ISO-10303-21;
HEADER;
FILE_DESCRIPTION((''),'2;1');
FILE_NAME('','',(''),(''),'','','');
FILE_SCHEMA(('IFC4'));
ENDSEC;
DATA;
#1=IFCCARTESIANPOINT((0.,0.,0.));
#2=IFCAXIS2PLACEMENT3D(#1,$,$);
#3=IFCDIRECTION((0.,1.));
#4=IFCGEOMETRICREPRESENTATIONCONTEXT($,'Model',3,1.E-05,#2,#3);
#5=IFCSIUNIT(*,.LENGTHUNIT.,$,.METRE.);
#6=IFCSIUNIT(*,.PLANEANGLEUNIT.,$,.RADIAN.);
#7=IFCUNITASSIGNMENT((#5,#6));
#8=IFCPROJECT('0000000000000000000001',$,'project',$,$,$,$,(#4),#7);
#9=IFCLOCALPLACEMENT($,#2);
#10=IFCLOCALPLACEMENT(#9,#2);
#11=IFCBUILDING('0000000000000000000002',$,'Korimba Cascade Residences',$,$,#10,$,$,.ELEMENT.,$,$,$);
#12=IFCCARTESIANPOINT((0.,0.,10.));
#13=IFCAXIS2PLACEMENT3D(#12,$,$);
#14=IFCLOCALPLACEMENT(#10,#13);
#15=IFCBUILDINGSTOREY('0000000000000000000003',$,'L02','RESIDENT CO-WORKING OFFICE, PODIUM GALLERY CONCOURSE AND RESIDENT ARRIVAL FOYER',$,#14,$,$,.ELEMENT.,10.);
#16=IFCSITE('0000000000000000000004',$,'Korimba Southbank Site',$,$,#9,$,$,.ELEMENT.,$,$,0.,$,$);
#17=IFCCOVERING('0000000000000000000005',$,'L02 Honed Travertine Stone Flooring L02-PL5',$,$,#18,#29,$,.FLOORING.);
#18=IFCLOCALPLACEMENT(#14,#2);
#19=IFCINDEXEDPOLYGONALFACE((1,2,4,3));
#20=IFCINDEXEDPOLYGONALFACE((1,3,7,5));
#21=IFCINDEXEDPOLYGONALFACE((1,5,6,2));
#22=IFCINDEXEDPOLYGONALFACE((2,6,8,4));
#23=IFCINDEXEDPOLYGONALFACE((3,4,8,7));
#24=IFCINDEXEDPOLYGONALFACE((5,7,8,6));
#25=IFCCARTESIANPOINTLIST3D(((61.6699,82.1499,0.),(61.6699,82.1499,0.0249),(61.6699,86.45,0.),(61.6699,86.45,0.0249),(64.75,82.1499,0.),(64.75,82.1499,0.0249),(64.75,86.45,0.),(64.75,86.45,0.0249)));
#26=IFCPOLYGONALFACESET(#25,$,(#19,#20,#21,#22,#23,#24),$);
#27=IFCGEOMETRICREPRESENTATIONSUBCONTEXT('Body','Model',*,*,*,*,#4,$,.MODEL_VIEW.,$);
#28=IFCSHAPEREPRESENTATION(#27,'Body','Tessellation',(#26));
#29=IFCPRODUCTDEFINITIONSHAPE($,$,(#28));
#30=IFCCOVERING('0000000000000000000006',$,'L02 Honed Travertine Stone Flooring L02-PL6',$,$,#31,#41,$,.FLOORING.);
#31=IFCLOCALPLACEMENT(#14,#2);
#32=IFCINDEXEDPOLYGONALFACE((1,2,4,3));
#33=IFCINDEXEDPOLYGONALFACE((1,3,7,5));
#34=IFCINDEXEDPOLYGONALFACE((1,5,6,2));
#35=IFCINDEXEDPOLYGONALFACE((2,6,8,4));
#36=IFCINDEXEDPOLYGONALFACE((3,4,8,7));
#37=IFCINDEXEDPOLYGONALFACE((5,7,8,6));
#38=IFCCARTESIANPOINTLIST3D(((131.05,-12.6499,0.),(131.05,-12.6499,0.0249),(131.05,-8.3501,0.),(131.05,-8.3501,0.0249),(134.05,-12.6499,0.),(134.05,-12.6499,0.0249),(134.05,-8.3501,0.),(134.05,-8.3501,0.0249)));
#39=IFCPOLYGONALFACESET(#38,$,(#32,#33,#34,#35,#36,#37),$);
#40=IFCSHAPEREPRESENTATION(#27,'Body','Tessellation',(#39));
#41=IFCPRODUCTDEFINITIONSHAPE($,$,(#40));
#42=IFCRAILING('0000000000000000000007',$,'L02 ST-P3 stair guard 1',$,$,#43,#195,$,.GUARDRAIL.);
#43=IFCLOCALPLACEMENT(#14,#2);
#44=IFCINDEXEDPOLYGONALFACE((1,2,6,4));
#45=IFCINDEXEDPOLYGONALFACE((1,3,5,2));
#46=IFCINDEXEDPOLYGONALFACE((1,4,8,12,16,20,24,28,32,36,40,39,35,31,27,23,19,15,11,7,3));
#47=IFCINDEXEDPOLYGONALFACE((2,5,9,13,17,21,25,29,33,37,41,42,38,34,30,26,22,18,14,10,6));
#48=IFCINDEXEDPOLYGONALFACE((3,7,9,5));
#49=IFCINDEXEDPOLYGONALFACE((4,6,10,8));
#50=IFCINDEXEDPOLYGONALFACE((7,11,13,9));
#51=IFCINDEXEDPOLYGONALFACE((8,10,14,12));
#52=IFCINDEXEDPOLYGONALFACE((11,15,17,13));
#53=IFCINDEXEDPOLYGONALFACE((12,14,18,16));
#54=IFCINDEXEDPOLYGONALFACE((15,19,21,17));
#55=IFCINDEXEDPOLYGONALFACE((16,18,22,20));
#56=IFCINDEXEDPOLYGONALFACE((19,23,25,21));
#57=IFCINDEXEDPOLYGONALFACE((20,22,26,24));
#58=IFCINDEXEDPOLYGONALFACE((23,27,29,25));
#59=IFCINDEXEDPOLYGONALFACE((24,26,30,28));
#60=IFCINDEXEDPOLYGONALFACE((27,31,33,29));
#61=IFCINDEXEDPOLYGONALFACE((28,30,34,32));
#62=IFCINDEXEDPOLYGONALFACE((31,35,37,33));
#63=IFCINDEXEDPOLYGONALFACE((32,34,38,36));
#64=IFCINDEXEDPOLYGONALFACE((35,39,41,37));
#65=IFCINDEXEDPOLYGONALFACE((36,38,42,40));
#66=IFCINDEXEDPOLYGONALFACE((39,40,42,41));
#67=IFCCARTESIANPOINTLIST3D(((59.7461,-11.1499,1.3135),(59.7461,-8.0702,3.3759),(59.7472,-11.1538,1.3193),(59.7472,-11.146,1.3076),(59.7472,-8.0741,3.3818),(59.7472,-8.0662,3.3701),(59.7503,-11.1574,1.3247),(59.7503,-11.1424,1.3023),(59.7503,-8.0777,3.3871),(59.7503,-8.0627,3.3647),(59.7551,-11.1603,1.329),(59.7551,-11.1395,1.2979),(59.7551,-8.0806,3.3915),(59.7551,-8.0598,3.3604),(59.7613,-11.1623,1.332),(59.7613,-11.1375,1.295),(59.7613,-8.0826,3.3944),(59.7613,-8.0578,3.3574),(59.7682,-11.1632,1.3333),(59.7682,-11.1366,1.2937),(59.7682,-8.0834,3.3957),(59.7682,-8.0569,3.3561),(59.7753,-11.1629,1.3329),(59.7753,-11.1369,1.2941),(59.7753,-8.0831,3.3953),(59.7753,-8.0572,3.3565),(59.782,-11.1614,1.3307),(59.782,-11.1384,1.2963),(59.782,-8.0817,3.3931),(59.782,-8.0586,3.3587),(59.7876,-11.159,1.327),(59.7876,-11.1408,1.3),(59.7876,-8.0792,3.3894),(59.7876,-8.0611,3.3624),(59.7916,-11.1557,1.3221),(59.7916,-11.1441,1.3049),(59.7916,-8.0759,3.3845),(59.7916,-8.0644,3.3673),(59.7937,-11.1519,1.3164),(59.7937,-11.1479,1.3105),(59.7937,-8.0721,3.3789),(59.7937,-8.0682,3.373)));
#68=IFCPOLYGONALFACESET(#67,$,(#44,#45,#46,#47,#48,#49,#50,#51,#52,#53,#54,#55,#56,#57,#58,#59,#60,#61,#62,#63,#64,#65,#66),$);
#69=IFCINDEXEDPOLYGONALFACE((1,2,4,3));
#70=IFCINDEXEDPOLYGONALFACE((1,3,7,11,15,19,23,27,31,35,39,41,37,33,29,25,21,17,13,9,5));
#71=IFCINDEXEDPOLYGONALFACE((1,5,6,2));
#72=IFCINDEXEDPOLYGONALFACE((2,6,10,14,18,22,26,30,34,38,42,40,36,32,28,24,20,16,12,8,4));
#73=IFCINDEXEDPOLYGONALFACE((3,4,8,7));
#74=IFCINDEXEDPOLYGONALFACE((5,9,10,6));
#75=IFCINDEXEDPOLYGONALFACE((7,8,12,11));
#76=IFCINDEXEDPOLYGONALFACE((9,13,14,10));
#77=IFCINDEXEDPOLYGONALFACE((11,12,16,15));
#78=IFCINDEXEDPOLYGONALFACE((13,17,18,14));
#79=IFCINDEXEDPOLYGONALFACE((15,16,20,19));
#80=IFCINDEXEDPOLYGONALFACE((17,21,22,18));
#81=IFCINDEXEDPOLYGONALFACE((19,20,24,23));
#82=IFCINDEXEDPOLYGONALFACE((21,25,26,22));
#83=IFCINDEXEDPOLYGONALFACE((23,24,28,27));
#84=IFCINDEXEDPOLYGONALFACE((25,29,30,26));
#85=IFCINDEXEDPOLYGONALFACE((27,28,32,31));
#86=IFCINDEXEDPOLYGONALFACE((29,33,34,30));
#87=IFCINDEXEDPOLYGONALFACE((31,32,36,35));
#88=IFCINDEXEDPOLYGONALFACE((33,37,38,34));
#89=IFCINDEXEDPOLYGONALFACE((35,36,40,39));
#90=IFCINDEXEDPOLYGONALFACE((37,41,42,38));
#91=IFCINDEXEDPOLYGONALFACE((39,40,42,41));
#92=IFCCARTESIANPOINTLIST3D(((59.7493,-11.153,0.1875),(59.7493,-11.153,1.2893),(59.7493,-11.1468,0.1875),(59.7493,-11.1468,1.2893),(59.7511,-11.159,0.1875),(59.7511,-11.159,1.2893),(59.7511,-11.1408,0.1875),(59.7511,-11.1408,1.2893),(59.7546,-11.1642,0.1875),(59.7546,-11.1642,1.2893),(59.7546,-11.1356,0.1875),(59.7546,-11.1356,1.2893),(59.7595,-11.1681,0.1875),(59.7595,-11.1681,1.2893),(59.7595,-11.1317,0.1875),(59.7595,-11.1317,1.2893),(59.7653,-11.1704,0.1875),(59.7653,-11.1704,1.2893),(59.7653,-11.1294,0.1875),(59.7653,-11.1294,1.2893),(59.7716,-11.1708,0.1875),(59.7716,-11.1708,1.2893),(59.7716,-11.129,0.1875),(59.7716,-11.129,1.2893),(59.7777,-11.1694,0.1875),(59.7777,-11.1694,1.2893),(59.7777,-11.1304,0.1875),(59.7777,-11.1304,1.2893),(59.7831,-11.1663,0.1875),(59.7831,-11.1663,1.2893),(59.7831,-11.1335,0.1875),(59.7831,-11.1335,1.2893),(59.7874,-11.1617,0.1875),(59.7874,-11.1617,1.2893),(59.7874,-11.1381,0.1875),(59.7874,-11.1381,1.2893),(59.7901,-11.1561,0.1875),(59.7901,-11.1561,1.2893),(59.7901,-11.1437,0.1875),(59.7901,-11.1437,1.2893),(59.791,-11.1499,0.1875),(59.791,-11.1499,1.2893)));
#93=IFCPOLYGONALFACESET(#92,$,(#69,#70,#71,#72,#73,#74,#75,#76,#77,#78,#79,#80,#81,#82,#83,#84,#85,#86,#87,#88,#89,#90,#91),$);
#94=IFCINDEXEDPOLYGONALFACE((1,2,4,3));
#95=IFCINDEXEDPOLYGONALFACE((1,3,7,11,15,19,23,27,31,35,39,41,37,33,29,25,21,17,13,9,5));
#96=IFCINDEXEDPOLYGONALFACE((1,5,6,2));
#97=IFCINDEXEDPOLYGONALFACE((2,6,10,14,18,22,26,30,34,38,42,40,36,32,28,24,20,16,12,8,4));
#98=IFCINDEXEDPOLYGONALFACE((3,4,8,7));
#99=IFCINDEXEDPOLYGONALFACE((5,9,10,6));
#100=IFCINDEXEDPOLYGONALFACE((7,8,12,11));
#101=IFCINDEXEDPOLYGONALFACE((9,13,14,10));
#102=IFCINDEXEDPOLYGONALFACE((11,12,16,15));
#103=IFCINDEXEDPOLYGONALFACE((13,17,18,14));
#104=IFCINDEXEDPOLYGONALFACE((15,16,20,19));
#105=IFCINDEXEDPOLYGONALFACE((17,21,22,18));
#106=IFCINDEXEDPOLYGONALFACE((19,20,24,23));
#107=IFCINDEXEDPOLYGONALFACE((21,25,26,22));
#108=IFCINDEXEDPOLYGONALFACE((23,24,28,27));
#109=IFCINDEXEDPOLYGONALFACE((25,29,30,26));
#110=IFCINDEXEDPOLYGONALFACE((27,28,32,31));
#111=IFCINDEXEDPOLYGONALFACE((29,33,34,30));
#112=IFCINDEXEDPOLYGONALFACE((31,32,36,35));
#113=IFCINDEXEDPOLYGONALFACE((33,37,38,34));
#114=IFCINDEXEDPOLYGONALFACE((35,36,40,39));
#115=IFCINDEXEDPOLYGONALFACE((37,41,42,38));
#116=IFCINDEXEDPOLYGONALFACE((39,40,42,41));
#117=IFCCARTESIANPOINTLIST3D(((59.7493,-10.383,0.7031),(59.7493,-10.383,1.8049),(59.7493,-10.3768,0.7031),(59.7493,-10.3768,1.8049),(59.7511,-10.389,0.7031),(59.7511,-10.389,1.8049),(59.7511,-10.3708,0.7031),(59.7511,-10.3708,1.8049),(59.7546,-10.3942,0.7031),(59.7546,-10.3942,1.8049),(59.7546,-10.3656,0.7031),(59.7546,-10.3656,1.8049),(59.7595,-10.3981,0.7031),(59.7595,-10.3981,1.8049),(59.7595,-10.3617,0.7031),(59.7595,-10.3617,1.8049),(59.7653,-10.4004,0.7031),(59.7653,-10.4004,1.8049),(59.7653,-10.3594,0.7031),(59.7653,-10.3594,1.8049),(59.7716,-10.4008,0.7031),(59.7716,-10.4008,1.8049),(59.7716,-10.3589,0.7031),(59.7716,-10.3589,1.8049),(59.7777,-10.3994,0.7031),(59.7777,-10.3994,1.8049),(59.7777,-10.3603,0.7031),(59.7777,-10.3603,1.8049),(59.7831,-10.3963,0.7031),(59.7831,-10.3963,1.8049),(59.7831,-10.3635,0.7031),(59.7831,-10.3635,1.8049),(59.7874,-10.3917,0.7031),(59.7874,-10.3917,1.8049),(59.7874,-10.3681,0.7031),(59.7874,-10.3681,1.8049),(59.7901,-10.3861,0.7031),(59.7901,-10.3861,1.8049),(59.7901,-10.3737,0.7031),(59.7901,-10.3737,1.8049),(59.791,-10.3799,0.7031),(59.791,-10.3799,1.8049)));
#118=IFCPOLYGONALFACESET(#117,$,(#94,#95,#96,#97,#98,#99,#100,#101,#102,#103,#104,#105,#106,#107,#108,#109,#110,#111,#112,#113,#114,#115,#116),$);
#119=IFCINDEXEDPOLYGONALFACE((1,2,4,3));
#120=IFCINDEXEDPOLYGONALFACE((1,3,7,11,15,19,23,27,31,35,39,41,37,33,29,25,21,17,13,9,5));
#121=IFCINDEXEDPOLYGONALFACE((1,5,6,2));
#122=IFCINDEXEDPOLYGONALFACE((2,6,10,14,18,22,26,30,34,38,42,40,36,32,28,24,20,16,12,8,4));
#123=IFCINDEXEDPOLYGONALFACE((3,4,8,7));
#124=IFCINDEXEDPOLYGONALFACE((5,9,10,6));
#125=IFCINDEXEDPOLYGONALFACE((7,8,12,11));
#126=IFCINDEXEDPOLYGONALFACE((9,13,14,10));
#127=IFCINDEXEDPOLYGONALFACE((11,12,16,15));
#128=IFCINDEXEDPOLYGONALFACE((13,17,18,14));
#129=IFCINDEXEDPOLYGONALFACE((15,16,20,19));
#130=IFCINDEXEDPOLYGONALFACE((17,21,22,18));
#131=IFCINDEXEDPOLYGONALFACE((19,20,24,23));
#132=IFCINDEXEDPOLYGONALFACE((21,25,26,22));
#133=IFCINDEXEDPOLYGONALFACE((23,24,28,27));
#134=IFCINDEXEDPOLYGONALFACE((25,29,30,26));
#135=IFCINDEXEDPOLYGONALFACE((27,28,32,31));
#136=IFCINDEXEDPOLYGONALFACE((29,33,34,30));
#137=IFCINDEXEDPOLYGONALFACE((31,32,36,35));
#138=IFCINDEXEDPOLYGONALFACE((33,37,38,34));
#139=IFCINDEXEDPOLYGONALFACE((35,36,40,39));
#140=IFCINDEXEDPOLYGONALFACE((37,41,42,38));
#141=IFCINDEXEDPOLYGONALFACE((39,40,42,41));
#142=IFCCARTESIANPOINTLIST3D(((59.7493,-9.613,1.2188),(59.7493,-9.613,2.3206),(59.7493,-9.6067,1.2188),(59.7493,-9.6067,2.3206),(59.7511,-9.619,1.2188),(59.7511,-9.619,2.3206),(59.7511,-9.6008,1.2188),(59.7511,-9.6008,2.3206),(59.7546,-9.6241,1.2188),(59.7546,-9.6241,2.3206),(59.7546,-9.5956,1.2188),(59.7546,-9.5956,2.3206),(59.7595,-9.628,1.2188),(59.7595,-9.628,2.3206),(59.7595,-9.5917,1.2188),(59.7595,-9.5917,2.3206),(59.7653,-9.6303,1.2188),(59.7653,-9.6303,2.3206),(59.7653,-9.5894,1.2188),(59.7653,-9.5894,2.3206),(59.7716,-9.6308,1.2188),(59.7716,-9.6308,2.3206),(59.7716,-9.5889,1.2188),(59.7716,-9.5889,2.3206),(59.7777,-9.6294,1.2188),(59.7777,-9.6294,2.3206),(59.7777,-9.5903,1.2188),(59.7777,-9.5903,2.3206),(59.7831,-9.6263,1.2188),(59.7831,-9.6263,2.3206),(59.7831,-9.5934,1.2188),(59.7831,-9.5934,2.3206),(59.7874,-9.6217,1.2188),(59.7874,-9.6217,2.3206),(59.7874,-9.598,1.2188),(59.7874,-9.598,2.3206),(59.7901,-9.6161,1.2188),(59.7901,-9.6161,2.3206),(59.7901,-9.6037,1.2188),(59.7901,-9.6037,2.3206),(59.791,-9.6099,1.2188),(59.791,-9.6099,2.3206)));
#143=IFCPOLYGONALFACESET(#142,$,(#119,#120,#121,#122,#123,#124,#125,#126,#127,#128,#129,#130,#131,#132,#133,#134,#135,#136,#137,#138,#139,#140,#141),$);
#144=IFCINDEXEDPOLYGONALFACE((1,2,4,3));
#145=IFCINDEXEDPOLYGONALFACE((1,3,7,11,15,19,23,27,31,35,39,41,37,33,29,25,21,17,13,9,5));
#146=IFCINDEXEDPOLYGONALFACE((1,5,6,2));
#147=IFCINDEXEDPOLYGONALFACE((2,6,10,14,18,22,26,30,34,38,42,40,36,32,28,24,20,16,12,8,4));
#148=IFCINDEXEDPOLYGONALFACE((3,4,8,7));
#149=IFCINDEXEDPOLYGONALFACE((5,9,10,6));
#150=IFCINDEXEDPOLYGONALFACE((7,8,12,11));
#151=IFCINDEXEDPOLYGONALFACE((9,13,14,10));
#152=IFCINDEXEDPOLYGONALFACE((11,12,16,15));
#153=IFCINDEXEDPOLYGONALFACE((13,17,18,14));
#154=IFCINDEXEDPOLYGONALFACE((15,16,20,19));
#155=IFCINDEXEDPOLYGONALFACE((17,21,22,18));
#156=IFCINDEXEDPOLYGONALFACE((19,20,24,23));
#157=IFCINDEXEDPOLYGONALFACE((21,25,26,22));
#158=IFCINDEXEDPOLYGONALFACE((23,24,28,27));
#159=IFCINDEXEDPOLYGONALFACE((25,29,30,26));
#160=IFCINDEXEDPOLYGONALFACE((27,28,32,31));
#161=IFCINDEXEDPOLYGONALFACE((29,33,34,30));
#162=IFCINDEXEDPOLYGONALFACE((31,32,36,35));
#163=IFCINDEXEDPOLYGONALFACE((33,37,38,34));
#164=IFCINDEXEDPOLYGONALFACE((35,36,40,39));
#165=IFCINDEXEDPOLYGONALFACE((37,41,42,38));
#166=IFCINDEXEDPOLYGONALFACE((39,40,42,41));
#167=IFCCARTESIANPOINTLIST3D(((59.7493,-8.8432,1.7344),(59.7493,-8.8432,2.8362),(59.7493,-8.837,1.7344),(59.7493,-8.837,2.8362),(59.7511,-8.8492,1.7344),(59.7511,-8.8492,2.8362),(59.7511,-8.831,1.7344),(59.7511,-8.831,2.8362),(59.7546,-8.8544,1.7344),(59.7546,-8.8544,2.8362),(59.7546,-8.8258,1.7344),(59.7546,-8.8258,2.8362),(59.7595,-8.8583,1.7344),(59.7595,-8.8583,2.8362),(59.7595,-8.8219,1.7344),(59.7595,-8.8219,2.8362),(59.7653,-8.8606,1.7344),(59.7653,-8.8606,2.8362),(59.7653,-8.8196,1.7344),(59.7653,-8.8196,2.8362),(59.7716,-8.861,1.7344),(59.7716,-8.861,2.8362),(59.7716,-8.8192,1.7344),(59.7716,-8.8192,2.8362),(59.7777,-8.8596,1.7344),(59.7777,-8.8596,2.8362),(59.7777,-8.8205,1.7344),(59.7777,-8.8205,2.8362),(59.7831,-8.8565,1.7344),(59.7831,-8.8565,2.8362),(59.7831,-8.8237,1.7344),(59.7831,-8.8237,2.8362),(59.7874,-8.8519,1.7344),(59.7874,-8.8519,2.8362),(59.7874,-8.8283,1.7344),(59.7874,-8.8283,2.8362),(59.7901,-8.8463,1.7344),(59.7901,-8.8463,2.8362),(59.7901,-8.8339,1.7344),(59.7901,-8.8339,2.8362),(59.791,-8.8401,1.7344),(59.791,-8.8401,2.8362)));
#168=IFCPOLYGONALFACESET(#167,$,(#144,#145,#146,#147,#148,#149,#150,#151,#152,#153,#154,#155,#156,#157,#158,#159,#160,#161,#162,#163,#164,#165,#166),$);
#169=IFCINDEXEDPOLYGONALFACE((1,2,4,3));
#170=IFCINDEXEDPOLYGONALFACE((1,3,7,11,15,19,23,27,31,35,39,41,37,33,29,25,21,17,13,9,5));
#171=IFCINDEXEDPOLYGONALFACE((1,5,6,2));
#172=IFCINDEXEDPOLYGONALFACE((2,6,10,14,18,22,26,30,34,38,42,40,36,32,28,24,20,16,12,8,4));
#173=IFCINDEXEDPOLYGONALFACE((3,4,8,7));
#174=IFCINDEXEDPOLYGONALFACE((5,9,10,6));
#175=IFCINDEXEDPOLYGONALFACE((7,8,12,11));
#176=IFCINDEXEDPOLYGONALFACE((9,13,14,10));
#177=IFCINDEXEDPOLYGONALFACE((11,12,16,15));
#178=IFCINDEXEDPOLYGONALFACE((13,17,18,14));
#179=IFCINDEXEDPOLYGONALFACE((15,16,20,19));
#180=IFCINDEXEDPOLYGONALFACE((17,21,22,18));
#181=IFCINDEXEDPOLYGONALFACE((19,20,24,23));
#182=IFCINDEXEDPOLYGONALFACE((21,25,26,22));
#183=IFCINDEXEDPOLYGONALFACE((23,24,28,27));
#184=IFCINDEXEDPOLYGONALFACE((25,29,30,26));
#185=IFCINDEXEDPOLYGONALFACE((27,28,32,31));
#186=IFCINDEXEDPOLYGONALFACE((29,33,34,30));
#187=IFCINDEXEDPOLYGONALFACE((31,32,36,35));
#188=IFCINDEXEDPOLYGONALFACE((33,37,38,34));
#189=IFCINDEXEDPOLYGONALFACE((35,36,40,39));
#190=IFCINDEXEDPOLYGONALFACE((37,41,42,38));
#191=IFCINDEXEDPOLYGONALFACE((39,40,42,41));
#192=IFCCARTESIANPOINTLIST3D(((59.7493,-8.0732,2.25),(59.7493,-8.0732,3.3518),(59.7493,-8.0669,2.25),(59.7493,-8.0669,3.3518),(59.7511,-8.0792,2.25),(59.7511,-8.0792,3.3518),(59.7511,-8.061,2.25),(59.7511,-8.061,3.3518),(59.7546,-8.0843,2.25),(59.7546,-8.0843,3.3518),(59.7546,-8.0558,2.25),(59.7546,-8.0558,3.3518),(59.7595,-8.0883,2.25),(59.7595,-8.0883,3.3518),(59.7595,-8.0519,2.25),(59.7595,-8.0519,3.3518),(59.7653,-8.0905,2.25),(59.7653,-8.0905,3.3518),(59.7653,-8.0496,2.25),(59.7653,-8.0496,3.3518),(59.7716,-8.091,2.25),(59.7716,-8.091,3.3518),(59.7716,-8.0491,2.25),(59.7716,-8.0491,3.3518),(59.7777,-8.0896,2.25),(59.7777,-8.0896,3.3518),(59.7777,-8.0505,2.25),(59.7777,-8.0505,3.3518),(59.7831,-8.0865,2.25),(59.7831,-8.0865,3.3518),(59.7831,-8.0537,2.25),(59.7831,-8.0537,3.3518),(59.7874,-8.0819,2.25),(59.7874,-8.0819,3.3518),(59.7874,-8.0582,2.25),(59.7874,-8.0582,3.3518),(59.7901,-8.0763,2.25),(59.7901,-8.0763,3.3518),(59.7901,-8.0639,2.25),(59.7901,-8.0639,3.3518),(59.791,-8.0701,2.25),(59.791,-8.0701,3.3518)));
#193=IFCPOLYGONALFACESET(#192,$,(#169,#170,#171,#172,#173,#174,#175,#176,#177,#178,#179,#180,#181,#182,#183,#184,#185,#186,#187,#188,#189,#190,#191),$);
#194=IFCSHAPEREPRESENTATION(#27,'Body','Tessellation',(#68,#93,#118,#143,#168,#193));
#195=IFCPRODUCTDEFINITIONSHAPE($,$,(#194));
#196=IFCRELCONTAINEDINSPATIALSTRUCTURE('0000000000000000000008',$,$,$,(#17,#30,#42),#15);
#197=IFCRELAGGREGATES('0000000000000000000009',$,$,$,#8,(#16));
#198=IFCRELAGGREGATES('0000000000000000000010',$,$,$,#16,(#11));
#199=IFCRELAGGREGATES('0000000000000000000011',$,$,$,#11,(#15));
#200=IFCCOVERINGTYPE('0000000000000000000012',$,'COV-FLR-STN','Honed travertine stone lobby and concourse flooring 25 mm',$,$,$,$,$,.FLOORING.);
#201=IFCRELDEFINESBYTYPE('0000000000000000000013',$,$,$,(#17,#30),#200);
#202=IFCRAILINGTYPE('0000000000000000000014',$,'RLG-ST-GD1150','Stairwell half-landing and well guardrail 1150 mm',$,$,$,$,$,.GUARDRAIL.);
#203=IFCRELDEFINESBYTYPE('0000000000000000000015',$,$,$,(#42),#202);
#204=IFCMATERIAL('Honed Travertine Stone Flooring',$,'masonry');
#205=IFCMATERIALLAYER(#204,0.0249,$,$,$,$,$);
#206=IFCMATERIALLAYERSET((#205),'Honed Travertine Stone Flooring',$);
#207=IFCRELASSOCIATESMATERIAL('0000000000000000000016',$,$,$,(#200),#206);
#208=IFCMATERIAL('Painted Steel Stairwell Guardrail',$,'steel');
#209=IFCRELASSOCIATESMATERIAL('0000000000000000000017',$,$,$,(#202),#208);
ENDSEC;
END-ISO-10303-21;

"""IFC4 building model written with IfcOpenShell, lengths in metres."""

from ifc_helpers import new_model, si_unit, direction, frame, origin, origin_2d, place, context, subcontext, project, spatial, polyline, circle, outline, extrude, material, layer, layer_set, type_object, element, save


model = new_model("IFC4")

# Units and contexts
model_context = context("Model", 3, precision=1e-05, world=origin(), true_north=direction((0.0, 1.0)))
body_context = subcontext(model_context, "Body", "Model", "MODEL_VIEW")
ifc_project = project(units=[si_unit("LENGTHUNIT", "METRE"), si_unit("PLANEANGLEUNIT", "RADIAN")], contexts=[model_context])

# Site, building, storey
site_placement = place(None, origin())
site = spatial("IfcSite", under=ifc_project, at=site_placement, Name="Korimba Southbank Site", CompositionType="ELEMENT", RefElevation=0.0)
building_placement = place(site_placement, origin())
building = spatial("IfcBuilding", under=site, at=building_placement, Name="Korimba Cascade Residences", CompositionType="ELEMENT")
storey_placement = place(building_placement, frame((0.0, 0.0, 10.0)))
storey = spatial("IfcBuildingStorey", under=building, at=storey_placement, Name="L02", Description="RESIDENT CO-WORKING OFFICE, PODIUM GALLERY CONCOURSE AND RESIDENT ARRIVAL FOYER", CompositionType="ELEMENT", Elevation=10.0)

# Coverings
ifc_material_1 = material(Name="Honed Travertine Stone Flooring", Category="masonry")
ifc_layer_1 = layer(ifc_material_1, 0.0249)
ifc_layer_set_1 = layer_set([ifc_layer_1], Name="Honed Travertine Stone Flooring")
covering_type_1 = type_object("IfcCoveringType", Name="COV-FLR-STN", Description="Honed travertine stone lobby and concourse flooring 25 mm", PredefinedType="FLOORING", material=ifc_layer_set_1)
covering_1_placement = place(storey_placement, origin())
element("IfcCovering", 1, at=covering_1_placement, inside=storey, type_object=covering_type_1, Name="L02 Honed Travertine Stone Flooring L02-PL5", PredefinedType="FLOORING", context=body_context, shape_type="SweptSolid", body=[
    extrude(outline(polyline([(61.6699, 82.1499), (64.75, 82.1499), (64.75, 86.45), (61.6699, 86.45), (61.6699, 82.1499)])), origin(), (0.0, 0.0, 1.0), 0.0249),
])
covering_2_placement = place(storey_placement, origin())
element("IfcCovering", 2, at=covering_2_placement, inside=storey, type_object=covering_type_1, Name="L02 Honed Travertine Stone Flooring L02-PL6", PredefinedType="FLOORING", context=body_context, shape_type="SweptSolid", body=[
    extrude(outline(polyline([(131.05, -12.6499), (134.05, -12.6499), (134.05, -8.3501), (131.05, -8.3501), (131.05, -12.6499)])), origin(), (0.0, 0.0, 1.0), 0.0249),
])

# Railing
ifc_material_2 = material(Name="Painted Steel Stairwell Guardrail", Category="steel")
railing_type_1 = type_object("IfcRailingType", Name="RLG-ST-GD1150", Description="Stairwell half-landing and well guardrail 1150 mm", PredefinedType="GUARDRAIL", material=ifc_material_2)
railing_1_placement = place(storey_placement, frame((59.77, -11.1499, 0.1875)))
element("IfcRailing", 3, at=railing_1_placement, inside=storey, type_object=railing_type_1, Name="L02 ST-P3 stair guard 1", PredefinedType="GUARDRAIL", context=body_context, shape_type="SweptSolid", body=[
    extrude(circle(Radius=0.0239, at=origin_2d()), frame((0.0, 0.0, 1.126), z_axis=(0.0, 0.830893, 0.556432), x_axis=(-1.0, 0.0, 0.0)), (0.0, 0.0, 1.0), 3.7065),
    extrude(circle(Radius=0.021, at=origin_2d()), origin(), (0.0, 0.0, 1.0), 1.1018),
    extrude(circle(Radius=0.021, at=origin_2d()), frame((0.0, 0.77, 0.5156)), (0.0, 0.0, 1.0), 1.1018),
    extrude(circle(Radius=0.021, at=origin_2d()), frame((0.0, 1.54, 1.0312)), (0.0, 0.0, 1.0), 1.1018),
    extrude(circle(Radius=0.021, at=origin_2d()), frame((0.0, 2.3098, 1.5469)), (0.0, 0.0, 1.0), 1.1018),
    extrude(circle(Radius=0.021, at=origin_2d()), frame((0.0, 3.0798, 2.0625)), (0.0, 0.0, 1.0), 1.1018),
])

save(model, "model.ifc")
